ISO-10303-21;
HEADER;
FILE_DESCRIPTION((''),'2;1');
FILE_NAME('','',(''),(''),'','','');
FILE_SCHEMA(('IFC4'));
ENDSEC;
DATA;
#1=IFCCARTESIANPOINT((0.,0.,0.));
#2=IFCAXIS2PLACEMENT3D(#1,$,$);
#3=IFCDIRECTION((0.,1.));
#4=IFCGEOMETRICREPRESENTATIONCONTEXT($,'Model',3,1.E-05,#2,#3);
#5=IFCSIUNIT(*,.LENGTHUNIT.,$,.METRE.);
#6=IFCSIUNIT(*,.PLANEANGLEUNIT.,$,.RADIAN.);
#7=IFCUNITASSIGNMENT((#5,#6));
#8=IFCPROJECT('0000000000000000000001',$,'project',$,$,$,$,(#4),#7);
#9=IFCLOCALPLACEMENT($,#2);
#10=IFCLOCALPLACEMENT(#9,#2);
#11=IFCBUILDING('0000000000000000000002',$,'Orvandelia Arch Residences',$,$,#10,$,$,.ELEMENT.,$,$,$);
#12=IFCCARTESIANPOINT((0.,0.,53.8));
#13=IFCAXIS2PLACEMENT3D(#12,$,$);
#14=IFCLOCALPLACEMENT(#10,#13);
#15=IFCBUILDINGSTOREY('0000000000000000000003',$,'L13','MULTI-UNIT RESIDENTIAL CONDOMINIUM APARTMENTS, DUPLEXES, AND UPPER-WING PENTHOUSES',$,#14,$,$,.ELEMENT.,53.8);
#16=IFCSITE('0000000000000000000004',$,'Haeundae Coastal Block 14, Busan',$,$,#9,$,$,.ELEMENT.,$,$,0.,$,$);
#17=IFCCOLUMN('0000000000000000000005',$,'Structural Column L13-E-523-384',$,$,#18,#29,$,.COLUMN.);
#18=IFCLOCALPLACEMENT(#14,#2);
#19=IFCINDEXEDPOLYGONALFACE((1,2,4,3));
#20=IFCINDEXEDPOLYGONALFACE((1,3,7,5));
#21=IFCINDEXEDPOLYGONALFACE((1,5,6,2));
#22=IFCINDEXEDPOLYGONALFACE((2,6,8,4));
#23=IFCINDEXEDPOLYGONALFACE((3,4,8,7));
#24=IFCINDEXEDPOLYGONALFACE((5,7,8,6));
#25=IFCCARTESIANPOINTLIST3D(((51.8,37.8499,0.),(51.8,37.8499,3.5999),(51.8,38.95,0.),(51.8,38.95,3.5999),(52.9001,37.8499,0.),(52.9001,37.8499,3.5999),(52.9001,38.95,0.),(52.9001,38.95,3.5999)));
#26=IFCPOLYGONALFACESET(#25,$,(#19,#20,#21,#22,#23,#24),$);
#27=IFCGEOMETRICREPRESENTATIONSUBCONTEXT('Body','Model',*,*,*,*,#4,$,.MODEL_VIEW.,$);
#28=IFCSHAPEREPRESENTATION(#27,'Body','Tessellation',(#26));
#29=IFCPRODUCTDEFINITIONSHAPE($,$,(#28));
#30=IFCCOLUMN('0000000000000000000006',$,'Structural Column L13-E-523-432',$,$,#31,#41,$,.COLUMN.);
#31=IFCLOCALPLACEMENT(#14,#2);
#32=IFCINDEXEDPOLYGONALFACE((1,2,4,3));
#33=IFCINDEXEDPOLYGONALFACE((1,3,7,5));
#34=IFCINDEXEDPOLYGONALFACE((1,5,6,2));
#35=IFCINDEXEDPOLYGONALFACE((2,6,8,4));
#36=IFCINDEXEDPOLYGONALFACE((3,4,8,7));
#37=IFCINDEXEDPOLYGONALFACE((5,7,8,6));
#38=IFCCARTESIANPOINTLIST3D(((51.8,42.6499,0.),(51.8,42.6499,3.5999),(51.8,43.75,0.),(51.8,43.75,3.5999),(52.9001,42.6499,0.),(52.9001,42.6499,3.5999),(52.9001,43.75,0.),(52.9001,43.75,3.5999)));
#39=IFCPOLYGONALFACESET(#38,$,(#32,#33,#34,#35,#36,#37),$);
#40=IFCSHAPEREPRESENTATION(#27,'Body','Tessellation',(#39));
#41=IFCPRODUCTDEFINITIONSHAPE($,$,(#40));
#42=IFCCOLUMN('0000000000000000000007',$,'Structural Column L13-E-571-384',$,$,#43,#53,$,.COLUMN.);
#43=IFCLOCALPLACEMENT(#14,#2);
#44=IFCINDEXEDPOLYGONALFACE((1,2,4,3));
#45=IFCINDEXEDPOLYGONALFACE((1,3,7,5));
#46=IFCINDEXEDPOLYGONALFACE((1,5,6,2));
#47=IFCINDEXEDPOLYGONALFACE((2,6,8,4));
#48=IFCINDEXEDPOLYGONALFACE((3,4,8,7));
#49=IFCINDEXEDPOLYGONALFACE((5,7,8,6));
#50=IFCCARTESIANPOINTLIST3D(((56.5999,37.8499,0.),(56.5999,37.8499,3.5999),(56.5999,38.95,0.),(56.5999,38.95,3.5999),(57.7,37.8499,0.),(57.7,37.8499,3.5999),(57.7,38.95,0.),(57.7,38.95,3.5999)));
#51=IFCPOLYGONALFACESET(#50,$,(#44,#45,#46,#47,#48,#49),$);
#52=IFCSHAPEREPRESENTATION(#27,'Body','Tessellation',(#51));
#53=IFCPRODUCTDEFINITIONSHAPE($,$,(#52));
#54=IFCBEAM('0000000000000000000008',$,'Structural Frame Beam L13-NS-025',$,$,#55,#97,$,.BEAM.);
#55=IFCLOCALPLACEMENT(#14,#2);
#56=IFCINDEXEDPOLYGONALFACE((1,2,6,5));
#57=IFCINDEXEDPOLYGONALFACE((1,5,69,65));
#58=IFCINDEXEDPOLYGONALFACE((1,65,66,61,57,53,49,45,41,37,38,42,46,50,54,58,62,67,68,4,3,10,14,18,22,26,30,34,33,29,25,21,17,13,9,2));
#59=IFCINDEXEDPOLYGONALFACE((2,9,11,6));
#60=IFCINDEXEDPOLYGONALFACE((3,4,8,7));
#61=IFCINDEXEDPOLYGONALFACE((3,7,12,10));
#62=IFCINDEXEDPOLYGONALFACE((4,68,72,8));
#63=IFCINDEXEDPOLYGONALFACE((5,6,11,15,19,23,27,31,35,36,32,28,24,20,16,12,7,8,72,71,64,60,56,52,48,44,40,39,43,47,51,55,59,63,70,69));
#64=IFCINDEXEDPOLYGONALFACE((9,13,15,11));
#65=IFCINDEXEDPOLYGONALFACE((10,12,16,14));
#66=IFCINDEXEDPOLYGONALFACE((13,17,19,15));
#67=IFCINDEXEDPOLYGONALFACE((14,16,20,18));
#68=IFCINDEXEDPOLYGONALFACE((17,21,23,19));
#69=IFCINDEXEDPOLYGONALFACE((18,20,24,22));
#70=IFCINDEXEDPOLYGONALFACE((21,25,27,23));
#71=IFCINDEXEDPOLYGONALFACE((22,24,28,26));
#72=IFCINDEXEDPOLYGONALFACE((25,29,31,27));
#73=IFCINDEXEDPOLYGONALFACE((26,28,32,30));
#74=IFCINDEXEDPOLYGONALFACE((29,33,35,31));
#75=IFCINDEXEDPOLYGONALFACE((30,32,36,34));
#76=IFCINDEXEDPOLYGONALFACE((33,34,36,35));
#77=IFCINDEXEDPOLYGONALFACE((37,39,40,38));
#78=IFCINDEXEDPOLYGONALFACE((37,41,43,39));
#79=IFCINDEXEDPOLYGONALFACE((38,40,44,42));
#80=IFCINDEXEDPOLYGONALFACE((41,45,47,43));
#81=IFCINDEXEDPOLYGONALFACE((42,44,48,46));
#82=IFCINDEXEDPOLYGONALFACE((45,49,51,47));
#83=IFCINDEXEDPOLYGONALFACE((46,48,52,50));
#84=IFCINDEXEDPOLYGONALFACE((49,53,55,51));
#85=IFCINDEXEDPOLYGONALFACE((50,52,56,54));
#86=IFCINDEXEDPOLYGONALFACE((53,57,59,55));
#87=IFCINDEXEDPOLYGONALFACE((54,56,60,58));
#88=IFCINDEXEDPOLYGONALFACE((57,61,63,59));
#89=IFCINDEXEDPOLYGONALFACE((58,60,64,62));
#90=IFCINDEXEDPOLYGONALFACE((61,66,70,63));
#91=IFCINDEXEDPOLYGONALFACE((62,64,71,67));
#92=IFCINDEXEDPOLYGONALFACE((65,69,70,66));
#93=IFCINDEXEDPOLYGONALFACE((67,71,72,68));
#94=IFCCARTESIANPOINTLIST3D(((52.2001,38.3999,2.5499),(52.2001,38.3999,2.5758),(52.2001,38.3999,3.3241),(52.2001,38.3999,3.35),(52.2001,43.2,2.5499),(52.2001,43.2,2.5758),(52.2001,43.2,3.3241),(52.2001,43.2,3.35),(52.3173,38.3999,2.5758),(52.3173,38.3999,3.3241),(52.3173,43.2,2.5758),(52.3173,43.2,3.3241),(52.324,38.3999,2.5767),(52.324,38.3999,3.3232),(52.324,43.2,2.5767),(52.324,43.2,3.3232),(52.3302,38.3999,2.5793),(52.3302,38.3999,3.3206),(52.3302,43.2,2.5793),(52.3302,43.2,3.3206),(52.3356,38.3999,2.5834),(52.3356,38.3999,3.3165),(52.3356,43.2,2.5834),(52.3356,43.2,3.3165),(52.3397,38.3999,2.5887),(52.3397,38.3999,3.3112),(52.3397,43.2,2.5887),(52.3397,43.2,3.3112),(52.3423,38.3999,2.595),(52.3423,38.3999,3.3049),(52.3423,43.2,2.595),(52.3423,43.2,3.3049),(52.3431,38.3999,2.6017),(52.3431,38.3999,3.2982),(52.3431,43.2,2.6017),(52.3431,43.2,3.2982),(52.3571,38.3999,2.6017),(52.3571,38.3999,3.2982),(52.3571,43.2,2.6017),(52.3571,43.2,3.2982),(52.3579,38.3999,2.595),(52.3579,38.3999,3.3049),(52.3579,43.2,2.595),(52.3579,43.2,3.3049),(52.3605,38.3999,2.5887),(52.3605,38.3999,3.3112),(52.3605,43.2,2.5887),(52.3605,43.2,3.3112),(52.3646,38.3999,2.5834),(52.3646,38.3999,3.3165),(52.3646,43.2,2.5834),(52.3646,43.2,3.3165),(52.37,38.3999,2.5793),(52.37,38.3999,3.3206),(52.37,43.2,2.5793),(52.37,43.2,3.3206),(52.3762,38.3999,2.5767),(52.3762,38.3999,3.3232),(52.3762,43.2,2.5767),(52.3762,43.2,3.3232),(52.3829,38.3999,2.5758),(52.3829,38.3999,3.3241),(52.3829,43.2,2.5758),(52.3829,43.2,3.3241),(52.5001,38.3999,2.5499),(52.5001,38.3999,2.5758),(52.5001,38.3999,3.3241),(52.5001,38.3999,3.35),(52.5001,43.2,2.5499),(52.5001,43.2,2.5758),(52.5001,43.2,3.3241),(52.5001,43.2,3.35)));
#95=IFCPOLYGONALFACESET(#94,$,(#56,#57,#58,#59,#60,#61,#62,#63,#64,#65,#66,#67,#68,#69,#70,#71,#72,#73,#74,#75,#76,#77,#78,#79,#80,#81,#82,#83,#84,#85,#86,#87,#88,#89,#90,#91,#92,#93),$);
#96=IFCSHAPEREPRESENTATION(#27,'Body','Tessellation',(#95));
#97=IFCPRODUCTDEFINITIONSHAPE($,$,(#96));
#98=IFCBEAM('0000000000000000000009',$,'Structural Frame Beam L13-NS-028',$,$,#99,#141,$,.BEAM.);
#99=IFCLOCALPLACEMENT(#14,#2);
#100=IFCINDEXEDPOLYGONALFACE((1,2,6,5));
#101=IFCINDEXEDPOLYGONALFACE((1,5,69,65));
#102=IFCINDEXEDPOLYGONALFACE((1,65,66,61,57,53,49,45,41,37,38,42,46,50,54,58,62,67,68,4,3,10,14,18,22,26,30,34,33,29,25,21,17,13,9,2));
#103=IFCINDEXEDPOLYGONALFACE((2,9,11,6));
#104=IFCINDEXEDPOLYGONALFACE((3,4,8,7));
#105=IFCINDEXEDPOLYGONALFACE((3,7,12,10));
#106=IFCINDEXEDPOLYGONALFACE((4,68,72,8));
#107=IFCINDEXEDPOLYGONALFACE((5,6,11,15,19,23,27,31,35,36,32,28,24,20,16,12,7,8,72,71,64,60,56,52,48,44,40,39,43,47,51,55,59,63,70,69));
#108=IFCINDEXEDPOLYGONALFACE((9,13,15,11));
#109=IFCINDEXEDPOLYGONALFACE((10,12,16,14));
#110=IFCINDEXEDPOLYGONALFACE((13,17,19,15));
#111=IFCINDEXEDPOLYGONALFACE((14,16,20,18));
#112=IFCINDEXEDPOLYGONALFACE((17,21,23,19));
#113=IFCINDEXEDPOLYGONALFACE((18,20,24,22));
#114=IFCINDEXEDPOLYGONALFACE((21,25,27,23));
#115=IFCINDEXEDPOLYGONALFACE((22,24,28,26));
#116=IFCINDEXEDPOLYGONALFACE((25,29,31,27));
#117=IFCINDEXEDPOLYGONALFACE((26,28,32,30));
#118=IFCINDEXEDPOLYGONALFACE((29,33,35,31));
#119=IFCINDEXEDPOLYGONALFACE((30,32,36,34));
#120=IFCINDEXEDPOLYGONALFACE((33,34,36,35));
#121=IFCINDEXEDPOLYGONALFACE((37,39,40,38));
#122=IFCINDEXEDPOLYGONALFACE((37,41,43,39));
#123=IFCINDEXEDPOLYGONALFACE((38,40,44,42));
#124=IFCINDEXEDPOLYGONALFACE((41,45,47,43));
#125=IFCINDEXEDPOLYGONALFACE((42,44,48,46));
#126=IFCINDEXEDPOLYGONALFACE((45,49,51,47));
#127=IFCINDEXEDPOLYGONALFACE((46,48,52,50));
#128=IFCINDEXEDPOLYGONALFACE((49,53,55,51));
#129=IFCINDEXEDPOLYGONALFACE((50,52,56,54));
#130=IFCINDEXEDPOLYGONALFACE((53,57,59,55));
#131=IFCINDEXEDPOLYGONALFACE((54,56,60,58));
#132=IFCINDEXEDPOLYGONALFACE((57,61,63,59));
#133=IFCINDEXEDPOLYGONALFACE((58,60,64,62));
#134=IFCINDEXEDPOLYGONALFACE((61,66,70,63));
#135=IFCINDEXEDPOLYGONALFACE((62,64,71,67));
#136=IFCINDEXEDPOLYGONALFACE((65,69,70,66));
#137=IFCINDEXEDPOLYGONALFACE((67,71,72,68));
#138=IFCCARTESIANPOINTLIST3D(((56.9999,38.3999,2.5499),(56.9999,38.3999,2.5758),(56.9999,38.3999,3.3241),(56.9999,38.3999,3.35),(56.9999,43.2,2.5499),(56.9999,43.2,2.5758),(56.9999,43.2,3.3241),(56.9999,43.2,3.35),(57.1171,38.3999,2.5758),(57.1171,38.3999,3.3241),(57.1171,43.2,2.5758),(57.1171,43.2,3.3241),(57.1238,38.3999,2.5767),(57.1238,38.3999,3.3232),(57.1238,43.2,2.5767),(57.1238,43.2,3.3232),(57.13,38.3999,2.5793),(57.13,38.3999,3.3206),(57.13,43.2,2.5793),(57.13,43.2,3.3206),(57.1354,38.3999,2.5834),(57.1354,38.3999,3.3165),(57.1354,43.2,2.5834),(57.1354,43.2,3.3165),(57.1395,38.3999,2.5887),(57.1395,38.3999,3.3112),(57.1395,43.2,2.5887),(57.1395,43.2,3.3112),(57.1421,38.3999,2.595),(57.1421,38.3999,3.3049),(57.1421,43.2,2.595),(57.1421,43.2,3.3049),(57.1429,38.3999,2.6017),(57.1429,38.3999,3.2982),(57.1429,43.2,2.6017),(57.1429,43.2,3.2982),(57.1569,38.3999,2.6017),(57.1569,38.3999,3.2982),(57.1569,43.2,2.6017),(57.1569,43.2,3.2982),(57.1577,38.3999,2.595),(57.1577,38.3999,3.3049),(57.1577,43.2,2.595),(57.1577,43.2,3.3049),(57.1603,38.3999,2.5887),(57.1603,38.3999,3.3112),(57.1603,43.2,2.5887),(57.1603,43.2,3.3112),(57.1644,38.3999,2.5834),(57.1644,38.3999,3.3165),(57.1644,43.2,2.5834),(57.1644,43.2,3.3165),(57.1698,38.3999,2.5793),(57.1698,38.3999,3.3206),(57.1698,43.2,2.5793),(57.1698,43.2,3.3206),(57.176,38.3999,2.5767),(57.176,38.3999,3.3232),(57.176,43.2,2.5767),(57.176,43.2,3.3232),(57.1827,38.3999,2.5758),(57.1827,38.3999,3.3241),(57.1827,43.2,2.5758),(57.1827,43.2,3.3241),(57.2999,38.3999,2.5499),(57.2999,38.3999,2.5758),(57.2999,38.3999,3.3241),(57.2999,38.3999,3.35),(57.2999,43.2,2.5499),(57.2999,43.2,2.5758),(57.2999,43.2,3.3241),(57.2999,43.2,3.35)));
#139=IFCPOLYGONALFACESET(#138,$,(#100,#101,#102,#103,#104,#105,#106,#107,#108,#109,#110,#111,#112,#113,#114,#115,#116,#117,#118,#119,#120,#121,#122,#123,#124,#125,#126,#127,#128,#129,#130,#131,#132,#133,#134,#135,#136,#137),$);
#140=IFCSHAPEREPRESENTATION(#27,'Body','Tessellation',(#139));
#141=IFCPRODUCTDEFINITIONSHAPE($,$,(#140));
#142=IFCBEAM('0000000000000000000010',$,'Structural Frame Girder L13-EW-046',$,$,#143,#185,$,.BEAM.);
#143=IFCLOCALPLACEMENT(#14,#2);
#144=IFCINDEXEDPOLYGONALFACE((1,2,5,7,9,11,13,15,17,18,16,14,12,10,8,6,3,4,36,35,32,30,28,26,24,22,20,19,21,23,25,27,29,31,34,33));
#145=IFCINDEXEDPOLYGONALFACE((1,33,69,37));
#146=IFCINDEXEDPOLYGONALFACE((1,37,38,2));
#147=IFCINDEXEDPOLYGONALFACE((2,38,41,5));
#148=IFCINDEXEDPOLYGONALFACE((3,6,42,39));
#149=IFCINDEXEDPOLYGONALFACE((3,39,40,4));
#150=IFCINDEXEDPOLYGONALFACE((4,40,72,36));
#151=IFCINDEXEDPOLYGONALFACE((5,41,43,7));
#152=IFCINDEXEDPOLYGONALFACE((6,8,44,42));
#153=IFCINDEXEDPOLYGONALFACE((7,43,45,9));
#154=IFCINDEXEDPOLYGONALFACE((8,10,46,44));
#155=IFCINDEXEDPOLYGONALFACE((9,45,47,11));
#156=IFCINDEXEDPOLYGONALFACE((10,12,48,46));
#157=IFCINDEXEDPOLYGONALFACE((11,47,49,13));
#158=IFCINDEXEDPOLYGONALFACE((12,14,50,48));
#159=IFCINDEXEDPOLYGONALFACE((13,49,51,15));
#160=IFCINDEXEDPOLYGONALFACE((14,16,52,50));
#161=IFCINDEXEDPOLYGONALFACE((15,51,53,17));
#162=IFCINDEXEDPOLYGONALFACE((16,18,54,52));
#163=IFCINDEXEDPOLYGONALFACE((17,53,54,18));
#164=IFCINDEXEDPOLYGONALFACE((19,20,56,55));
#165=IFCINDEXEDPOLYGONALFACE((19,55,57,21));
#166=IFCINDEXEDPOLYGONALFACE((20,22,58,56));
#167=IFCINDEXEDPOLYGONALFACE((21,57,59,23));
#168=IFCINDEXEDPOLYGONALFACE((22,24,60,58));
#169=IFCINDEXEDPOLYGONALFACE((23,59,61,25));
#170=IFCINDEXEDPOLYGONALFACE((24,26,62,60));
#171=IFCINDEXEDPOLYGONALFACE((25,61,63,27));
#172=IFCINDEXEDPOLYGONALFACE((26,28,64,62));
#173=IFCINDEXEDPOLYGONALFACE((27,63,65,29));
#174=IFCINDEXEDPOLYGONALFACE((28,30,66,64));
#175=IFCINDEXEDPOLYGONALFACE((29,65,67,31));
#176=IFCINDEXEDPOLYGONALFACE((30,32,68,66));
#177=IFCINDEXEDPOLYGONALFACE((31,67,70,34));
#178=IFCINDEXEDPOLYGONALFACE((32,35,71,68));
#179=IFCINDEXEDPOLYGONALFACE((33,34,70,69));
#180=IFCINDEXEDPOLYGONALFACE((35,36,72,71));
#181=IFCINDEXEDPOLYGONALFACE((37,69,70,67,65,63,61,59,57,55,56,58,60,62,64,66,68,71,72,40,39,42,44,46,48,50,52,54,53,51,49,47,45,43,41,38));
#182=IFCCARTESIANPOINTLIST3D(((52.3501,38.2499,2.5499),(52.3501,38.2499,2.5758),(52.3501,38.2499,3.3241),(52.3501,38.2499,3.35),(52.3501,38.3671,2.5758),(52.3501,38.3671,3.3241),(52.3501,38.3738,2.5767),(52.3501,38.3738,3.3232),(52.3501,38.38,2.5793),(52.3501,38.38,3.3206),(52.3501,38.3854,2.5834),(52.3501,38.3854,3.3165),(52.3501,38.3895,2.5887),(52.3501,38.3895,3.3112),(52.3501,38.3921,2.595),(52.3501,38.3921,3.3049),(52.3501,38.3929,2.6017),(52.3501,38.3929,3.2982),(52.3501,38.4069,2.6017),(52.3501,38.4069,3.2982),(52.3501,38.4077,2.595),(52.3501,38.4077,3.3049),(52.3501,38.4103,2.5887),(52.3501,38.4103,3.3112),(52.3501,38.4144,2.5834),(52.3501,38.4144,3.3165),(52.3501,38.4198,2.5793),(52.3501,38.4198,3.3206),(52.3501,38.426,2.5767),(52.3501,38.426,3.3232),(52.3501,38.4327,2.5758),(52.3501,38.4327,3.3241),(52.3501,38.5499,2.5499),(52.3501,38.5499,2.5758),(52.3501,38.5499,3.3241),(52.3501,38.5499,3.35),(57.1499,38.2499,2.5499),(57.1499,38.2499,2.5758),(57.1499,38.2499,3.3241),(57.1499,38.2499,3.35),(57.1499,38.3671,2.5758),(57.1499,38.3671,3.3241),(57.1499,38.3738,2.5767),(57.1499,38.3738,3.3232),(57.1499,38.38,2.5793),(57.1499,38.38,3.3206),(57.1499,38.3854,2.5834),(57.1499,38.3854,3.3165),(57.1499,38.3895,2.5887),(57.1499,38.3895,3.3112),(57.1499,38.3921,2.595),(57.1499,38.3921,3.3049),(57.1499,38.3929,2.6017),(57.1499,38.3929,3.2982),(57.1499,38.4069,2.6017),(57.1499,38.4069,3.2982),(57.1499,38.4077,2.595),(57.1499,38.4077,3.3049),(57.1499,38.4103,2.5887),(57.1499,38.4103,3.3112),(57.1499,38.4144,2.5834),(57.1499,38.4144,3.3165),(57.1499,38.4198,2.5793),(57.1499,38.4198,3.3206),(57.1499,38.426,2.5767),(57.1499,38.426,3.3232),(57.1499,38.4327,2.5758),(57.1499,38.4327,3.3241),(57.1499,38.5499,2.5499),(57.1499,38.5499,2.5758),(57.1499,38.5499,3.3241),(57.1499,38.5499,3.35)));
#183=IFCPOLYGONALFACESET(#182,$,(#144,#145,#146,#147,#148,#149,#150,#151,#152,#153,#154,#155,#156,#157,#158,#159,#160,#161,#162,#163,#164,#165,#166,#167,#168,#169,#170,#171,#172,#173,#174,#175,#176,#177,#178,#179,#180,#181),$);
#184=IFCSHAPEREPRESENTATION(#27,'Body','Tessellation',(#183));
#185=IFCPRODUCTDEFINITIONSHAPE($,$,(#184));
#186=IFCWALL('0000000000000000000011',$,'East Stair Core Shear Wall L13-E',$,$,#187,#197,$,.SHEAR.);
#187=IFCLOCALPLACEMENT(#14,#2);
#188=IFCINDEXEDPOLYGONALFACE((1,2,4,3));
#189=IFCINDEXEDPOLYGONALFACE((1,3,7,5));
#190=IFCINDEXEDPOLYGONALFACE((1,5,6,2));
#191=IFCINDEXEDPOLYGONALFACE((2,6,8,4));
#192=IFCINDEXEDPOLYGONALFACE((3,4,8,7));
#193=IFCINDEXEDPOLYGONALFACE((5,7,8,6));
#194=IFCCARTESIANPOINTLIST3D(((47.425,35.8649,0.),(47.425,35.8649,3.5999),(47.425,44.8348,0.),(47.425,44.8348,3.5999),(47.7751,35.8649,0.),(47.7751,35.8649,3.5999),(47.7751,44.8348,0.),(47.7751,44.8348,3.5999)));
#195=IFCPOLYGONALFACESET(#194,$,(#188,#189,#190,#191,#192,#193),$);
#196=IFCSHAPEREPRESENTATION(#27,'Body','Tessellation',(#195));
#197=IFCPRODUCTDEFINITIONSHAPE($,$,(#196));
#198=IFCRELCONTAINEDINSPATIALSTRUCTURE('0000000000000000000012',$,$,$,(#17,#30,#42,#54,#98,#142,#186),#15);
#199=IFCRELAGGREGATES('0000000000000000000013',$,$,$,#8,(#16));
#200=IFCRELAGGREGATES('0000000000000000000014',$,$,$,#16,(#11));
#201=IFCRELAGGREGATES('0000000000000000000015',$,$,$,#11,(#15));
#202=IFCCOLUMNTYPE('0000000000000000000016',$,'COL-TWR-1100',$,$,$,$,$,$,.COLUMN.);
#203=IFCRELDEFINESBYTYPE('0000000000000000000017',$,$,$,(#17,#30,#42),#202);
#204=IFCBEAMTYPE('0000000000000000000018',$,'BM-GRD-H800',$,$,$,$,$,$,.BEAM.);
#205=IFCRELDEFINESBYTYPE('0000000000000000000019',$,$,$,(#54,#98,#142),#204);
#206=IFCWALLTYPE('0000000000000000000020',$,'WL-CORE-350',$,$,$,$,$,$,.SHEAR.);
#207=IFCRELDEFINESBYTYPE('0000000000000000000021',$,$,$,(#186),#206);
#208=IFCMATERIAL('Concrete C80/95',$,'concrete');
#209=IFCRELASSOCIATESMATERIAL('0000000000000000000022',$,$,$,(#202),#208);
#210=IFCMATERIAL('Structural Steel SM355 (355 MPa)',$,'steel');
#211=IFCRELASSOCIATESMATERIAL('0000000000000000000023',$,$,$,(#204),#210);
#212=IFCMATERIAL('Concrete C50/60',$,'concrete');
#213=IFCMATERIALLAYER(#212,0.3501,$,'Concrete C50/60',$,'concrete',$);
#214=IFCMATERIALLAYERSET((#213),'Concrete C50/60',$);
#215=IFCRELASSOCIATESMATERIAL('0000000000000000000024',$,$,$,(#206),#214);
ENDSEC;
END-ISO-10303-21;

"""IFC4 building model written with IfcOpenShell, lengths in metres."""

from ifc_helpers import new_model, si_unit, direction, frame, frame_2d, origin, origin_2d, place, context, subcontext, project, spatial, rectangle, i_section, extrude, material, layer, layer_set, material_profile, profile_set, type_object, element, save


model = new_model("IFC4")

# Units and contexts
model_context = context("Model", 3, precision=1e-05, world=origin(), true_north=direction((0.0, 1.0)))
body_context = subcontext(model_context, "Body", "Model", "MODEL_VIEW")
ifc_project = project(units=[si_unit("LENGTHUNIT", "METRE"), si_unit("PLANEANGLEUNIT", "RADIAN")], contexts=[model_context])

# Site, building, storey
site_placement = place(None, origin())
site = spatial("IfcSite", under=ifc_project, at=site_placement, Name="Haeundae Coastal Block 14, Busan", CompositionType="ELEMENT", RefElevation=0.0)
building_placement = place(site_placement, origin())
building = spatial("IfcBuilding", under=site, at=building_placement, Name="Orvandelia Arch Residences", CompositionType="ELEMENT")
storey_placement = place(building_placement, frame((0.0, 0.0, 53.8)))
storey = spatial("IfcBuildingStorey", under=building, at=storey_placement, Name="L13", Description="MULTI-UNIT RESIDENTIAL CONDOMINIUM APARTMENTS, DUPLEXES, AND UPPER-WING PENTHOUSES", CompositionType="ELEMENT", Elevation=53.8)

# Columns
ifc_material_1 = material(Name="Concrete C80/95", Category="concrete")
ifc_material_profile_1 = material_profile(ifc_material_1, rectangle(XDim=1.1001, YDim=1.1001, at=origin_2d()), Name="Concrete C80/95", Category="concrete")
ifc_profile_set_1 = profile_set([ifc_material_profile_1], Name="Concrete C80/95")
column_type = type_object("IfcColumnType", Name="COL-TWR-1100", PredefinedType="COLUMN", material=ifc_profile_set_1)
for number, where, z_axis, x_axis, name in (
    (1, (52.3501, 38.3999, 0.0), (0.0, 0.0, 1.0), (1.0, 0.0, 0.0), "Structural Column L13-E-523-384"),
    (2, (52.3501, 43.2, 0.0), (0.0, 0.0, 1.0), (1.0, 0.0, 0.0), "Structural Column L13-E-523-432"),
    (3, (57.1499, 38.3999, 0.0), (0.0, 0.0, 1.0), (1.0, 0.0, 0.0), "Structural Column L13-E-571-384"),
):
    element("IfcColumn", number, at=place(storey_placement, frame(where, z_axis=z_axis, x_axis=x_axis)), inside=storey, type_object=column_type, Name=name, PredefinedType="COLUMN", context=body_context, shape_type="SweptSolid", body=[
        extrude(rectangle(XDim=1.1001, YDim=1.1001, at=origin_2d()), origin(), (0.0, 0.0, 1.0), 3.5999),
    ])

# Beams
ifc_material_2 = material(Name="Structural Steel SM355 (355 MPa)", Category="steel")
ifc_material_profile_2 = material_profile(ifc_material_2, i_section(OverallWidth=0.3, OverallDepth=0.8, WebThickness=0.0139, FlangeThickness=0.0259, FilletRadius=0.0259, at=origin_2d()), Name="Structural Steel SM355 (355 MPa)", Category="steel")
ifc_profile_set_2 = profile_set([ifc_material_profile_2], Name="Structural Steel SM355 (355 MPa)")
beam_type = type_object("IfcBeamType", Name="BM-GRD-H800", PredefinedType="BEAM", material=ifc_profile_set_2)
for number, where, z_axis, x_axis, name in (
    (4, (52.3501, 38.3999, 2.95), (0.0, 1.0, 0.0), (-1.0, 0.0, 0.0), "Structural Frame Beam L13-NS-025"),
    (5, (57.1499, 38.3999, 2.95), (0.0, 1.0, 0.0), (-1.0, 0.0, 0.0), "Structural Frame Beam L13-NS-028"),
):
    element("IfcBeam", number, at=place(storey_placement, frame(where, z_axis=z_axis, x_axis=x_axis)), inside=storey, type_object=beam_type, Name=name, PredefinedType="BEAM", context=body_context, shape_type="SweptSolid", body=[
        extrude(i_section(OverallWidth=0.3, OverallDepth=0.8, WebThickness=0.0139, FlangeThickness=0.0259, FilletRadius=0.0259, at=origin_2d()), origin(), (0.0, 0.0, 1.0), 4.8),
    ])
beam_placement = place(storey_placement, frame((52.3501, 38.3999, 2.95), z_axis=(1.0, 0.0, 0.0), x_axis=(0.0, 1.0, 0.0)))
element("IfcBeam", 6, at=beam_placement, inside=storey, type_object=beam_type, Name="Structural Frame Girder L13-EW-046", PredefinedType="BEAM", context=body_context, shape_type="SweptSolid", body=[
    extrude(i_section(OverallWidth=0.3, OverallDepth=0.8, WebThickness=0.0139, FlangeThickness=0.0259, FilletRadius=0.0259, at=origin_2d()), origin(), (0.0, 0.0, 1.0), 4.7998),
])

# Wall
ifc_material_3 = material(Name="Concrete C50/60", Category="concrete")
ifc_layer_1 = layer(ifc_material_3, 0.3501, Name="Concrete C50/60", Category="concrete")
ifc_layer_set_1 = layer_set([ifc_layer_1], Name="Concrete C50/60")
wall_type_1 = type_object("IfcWallType", Name="WL-CORE-350", PredefinedType="SHEAR", material=ifc_layer_set_1)
wall_1_placement = place(storey_placement, frame((47.6001, 35.865, 0.0), z_axis=(0.0, 0.0, 1.0), x_axis=(0.0, 1.0, 0.0)))
element("IfcWall", 7, at=wall_1_placement, inside=storey, type_object=wall_type_1, Name="East Stair Core Shear Wall L13-E", PredefinedType="SHEAR", context=body_context, shape_type="SweptSolid", body=[
    extrude(rectangle(XDim=8.97, YDim=0.3501, at=frame_2d((4.4849, 0.0))), origin(), (0.0, 0.0, 1.0), 3.5999),
])

save(model, "model.ifc")
